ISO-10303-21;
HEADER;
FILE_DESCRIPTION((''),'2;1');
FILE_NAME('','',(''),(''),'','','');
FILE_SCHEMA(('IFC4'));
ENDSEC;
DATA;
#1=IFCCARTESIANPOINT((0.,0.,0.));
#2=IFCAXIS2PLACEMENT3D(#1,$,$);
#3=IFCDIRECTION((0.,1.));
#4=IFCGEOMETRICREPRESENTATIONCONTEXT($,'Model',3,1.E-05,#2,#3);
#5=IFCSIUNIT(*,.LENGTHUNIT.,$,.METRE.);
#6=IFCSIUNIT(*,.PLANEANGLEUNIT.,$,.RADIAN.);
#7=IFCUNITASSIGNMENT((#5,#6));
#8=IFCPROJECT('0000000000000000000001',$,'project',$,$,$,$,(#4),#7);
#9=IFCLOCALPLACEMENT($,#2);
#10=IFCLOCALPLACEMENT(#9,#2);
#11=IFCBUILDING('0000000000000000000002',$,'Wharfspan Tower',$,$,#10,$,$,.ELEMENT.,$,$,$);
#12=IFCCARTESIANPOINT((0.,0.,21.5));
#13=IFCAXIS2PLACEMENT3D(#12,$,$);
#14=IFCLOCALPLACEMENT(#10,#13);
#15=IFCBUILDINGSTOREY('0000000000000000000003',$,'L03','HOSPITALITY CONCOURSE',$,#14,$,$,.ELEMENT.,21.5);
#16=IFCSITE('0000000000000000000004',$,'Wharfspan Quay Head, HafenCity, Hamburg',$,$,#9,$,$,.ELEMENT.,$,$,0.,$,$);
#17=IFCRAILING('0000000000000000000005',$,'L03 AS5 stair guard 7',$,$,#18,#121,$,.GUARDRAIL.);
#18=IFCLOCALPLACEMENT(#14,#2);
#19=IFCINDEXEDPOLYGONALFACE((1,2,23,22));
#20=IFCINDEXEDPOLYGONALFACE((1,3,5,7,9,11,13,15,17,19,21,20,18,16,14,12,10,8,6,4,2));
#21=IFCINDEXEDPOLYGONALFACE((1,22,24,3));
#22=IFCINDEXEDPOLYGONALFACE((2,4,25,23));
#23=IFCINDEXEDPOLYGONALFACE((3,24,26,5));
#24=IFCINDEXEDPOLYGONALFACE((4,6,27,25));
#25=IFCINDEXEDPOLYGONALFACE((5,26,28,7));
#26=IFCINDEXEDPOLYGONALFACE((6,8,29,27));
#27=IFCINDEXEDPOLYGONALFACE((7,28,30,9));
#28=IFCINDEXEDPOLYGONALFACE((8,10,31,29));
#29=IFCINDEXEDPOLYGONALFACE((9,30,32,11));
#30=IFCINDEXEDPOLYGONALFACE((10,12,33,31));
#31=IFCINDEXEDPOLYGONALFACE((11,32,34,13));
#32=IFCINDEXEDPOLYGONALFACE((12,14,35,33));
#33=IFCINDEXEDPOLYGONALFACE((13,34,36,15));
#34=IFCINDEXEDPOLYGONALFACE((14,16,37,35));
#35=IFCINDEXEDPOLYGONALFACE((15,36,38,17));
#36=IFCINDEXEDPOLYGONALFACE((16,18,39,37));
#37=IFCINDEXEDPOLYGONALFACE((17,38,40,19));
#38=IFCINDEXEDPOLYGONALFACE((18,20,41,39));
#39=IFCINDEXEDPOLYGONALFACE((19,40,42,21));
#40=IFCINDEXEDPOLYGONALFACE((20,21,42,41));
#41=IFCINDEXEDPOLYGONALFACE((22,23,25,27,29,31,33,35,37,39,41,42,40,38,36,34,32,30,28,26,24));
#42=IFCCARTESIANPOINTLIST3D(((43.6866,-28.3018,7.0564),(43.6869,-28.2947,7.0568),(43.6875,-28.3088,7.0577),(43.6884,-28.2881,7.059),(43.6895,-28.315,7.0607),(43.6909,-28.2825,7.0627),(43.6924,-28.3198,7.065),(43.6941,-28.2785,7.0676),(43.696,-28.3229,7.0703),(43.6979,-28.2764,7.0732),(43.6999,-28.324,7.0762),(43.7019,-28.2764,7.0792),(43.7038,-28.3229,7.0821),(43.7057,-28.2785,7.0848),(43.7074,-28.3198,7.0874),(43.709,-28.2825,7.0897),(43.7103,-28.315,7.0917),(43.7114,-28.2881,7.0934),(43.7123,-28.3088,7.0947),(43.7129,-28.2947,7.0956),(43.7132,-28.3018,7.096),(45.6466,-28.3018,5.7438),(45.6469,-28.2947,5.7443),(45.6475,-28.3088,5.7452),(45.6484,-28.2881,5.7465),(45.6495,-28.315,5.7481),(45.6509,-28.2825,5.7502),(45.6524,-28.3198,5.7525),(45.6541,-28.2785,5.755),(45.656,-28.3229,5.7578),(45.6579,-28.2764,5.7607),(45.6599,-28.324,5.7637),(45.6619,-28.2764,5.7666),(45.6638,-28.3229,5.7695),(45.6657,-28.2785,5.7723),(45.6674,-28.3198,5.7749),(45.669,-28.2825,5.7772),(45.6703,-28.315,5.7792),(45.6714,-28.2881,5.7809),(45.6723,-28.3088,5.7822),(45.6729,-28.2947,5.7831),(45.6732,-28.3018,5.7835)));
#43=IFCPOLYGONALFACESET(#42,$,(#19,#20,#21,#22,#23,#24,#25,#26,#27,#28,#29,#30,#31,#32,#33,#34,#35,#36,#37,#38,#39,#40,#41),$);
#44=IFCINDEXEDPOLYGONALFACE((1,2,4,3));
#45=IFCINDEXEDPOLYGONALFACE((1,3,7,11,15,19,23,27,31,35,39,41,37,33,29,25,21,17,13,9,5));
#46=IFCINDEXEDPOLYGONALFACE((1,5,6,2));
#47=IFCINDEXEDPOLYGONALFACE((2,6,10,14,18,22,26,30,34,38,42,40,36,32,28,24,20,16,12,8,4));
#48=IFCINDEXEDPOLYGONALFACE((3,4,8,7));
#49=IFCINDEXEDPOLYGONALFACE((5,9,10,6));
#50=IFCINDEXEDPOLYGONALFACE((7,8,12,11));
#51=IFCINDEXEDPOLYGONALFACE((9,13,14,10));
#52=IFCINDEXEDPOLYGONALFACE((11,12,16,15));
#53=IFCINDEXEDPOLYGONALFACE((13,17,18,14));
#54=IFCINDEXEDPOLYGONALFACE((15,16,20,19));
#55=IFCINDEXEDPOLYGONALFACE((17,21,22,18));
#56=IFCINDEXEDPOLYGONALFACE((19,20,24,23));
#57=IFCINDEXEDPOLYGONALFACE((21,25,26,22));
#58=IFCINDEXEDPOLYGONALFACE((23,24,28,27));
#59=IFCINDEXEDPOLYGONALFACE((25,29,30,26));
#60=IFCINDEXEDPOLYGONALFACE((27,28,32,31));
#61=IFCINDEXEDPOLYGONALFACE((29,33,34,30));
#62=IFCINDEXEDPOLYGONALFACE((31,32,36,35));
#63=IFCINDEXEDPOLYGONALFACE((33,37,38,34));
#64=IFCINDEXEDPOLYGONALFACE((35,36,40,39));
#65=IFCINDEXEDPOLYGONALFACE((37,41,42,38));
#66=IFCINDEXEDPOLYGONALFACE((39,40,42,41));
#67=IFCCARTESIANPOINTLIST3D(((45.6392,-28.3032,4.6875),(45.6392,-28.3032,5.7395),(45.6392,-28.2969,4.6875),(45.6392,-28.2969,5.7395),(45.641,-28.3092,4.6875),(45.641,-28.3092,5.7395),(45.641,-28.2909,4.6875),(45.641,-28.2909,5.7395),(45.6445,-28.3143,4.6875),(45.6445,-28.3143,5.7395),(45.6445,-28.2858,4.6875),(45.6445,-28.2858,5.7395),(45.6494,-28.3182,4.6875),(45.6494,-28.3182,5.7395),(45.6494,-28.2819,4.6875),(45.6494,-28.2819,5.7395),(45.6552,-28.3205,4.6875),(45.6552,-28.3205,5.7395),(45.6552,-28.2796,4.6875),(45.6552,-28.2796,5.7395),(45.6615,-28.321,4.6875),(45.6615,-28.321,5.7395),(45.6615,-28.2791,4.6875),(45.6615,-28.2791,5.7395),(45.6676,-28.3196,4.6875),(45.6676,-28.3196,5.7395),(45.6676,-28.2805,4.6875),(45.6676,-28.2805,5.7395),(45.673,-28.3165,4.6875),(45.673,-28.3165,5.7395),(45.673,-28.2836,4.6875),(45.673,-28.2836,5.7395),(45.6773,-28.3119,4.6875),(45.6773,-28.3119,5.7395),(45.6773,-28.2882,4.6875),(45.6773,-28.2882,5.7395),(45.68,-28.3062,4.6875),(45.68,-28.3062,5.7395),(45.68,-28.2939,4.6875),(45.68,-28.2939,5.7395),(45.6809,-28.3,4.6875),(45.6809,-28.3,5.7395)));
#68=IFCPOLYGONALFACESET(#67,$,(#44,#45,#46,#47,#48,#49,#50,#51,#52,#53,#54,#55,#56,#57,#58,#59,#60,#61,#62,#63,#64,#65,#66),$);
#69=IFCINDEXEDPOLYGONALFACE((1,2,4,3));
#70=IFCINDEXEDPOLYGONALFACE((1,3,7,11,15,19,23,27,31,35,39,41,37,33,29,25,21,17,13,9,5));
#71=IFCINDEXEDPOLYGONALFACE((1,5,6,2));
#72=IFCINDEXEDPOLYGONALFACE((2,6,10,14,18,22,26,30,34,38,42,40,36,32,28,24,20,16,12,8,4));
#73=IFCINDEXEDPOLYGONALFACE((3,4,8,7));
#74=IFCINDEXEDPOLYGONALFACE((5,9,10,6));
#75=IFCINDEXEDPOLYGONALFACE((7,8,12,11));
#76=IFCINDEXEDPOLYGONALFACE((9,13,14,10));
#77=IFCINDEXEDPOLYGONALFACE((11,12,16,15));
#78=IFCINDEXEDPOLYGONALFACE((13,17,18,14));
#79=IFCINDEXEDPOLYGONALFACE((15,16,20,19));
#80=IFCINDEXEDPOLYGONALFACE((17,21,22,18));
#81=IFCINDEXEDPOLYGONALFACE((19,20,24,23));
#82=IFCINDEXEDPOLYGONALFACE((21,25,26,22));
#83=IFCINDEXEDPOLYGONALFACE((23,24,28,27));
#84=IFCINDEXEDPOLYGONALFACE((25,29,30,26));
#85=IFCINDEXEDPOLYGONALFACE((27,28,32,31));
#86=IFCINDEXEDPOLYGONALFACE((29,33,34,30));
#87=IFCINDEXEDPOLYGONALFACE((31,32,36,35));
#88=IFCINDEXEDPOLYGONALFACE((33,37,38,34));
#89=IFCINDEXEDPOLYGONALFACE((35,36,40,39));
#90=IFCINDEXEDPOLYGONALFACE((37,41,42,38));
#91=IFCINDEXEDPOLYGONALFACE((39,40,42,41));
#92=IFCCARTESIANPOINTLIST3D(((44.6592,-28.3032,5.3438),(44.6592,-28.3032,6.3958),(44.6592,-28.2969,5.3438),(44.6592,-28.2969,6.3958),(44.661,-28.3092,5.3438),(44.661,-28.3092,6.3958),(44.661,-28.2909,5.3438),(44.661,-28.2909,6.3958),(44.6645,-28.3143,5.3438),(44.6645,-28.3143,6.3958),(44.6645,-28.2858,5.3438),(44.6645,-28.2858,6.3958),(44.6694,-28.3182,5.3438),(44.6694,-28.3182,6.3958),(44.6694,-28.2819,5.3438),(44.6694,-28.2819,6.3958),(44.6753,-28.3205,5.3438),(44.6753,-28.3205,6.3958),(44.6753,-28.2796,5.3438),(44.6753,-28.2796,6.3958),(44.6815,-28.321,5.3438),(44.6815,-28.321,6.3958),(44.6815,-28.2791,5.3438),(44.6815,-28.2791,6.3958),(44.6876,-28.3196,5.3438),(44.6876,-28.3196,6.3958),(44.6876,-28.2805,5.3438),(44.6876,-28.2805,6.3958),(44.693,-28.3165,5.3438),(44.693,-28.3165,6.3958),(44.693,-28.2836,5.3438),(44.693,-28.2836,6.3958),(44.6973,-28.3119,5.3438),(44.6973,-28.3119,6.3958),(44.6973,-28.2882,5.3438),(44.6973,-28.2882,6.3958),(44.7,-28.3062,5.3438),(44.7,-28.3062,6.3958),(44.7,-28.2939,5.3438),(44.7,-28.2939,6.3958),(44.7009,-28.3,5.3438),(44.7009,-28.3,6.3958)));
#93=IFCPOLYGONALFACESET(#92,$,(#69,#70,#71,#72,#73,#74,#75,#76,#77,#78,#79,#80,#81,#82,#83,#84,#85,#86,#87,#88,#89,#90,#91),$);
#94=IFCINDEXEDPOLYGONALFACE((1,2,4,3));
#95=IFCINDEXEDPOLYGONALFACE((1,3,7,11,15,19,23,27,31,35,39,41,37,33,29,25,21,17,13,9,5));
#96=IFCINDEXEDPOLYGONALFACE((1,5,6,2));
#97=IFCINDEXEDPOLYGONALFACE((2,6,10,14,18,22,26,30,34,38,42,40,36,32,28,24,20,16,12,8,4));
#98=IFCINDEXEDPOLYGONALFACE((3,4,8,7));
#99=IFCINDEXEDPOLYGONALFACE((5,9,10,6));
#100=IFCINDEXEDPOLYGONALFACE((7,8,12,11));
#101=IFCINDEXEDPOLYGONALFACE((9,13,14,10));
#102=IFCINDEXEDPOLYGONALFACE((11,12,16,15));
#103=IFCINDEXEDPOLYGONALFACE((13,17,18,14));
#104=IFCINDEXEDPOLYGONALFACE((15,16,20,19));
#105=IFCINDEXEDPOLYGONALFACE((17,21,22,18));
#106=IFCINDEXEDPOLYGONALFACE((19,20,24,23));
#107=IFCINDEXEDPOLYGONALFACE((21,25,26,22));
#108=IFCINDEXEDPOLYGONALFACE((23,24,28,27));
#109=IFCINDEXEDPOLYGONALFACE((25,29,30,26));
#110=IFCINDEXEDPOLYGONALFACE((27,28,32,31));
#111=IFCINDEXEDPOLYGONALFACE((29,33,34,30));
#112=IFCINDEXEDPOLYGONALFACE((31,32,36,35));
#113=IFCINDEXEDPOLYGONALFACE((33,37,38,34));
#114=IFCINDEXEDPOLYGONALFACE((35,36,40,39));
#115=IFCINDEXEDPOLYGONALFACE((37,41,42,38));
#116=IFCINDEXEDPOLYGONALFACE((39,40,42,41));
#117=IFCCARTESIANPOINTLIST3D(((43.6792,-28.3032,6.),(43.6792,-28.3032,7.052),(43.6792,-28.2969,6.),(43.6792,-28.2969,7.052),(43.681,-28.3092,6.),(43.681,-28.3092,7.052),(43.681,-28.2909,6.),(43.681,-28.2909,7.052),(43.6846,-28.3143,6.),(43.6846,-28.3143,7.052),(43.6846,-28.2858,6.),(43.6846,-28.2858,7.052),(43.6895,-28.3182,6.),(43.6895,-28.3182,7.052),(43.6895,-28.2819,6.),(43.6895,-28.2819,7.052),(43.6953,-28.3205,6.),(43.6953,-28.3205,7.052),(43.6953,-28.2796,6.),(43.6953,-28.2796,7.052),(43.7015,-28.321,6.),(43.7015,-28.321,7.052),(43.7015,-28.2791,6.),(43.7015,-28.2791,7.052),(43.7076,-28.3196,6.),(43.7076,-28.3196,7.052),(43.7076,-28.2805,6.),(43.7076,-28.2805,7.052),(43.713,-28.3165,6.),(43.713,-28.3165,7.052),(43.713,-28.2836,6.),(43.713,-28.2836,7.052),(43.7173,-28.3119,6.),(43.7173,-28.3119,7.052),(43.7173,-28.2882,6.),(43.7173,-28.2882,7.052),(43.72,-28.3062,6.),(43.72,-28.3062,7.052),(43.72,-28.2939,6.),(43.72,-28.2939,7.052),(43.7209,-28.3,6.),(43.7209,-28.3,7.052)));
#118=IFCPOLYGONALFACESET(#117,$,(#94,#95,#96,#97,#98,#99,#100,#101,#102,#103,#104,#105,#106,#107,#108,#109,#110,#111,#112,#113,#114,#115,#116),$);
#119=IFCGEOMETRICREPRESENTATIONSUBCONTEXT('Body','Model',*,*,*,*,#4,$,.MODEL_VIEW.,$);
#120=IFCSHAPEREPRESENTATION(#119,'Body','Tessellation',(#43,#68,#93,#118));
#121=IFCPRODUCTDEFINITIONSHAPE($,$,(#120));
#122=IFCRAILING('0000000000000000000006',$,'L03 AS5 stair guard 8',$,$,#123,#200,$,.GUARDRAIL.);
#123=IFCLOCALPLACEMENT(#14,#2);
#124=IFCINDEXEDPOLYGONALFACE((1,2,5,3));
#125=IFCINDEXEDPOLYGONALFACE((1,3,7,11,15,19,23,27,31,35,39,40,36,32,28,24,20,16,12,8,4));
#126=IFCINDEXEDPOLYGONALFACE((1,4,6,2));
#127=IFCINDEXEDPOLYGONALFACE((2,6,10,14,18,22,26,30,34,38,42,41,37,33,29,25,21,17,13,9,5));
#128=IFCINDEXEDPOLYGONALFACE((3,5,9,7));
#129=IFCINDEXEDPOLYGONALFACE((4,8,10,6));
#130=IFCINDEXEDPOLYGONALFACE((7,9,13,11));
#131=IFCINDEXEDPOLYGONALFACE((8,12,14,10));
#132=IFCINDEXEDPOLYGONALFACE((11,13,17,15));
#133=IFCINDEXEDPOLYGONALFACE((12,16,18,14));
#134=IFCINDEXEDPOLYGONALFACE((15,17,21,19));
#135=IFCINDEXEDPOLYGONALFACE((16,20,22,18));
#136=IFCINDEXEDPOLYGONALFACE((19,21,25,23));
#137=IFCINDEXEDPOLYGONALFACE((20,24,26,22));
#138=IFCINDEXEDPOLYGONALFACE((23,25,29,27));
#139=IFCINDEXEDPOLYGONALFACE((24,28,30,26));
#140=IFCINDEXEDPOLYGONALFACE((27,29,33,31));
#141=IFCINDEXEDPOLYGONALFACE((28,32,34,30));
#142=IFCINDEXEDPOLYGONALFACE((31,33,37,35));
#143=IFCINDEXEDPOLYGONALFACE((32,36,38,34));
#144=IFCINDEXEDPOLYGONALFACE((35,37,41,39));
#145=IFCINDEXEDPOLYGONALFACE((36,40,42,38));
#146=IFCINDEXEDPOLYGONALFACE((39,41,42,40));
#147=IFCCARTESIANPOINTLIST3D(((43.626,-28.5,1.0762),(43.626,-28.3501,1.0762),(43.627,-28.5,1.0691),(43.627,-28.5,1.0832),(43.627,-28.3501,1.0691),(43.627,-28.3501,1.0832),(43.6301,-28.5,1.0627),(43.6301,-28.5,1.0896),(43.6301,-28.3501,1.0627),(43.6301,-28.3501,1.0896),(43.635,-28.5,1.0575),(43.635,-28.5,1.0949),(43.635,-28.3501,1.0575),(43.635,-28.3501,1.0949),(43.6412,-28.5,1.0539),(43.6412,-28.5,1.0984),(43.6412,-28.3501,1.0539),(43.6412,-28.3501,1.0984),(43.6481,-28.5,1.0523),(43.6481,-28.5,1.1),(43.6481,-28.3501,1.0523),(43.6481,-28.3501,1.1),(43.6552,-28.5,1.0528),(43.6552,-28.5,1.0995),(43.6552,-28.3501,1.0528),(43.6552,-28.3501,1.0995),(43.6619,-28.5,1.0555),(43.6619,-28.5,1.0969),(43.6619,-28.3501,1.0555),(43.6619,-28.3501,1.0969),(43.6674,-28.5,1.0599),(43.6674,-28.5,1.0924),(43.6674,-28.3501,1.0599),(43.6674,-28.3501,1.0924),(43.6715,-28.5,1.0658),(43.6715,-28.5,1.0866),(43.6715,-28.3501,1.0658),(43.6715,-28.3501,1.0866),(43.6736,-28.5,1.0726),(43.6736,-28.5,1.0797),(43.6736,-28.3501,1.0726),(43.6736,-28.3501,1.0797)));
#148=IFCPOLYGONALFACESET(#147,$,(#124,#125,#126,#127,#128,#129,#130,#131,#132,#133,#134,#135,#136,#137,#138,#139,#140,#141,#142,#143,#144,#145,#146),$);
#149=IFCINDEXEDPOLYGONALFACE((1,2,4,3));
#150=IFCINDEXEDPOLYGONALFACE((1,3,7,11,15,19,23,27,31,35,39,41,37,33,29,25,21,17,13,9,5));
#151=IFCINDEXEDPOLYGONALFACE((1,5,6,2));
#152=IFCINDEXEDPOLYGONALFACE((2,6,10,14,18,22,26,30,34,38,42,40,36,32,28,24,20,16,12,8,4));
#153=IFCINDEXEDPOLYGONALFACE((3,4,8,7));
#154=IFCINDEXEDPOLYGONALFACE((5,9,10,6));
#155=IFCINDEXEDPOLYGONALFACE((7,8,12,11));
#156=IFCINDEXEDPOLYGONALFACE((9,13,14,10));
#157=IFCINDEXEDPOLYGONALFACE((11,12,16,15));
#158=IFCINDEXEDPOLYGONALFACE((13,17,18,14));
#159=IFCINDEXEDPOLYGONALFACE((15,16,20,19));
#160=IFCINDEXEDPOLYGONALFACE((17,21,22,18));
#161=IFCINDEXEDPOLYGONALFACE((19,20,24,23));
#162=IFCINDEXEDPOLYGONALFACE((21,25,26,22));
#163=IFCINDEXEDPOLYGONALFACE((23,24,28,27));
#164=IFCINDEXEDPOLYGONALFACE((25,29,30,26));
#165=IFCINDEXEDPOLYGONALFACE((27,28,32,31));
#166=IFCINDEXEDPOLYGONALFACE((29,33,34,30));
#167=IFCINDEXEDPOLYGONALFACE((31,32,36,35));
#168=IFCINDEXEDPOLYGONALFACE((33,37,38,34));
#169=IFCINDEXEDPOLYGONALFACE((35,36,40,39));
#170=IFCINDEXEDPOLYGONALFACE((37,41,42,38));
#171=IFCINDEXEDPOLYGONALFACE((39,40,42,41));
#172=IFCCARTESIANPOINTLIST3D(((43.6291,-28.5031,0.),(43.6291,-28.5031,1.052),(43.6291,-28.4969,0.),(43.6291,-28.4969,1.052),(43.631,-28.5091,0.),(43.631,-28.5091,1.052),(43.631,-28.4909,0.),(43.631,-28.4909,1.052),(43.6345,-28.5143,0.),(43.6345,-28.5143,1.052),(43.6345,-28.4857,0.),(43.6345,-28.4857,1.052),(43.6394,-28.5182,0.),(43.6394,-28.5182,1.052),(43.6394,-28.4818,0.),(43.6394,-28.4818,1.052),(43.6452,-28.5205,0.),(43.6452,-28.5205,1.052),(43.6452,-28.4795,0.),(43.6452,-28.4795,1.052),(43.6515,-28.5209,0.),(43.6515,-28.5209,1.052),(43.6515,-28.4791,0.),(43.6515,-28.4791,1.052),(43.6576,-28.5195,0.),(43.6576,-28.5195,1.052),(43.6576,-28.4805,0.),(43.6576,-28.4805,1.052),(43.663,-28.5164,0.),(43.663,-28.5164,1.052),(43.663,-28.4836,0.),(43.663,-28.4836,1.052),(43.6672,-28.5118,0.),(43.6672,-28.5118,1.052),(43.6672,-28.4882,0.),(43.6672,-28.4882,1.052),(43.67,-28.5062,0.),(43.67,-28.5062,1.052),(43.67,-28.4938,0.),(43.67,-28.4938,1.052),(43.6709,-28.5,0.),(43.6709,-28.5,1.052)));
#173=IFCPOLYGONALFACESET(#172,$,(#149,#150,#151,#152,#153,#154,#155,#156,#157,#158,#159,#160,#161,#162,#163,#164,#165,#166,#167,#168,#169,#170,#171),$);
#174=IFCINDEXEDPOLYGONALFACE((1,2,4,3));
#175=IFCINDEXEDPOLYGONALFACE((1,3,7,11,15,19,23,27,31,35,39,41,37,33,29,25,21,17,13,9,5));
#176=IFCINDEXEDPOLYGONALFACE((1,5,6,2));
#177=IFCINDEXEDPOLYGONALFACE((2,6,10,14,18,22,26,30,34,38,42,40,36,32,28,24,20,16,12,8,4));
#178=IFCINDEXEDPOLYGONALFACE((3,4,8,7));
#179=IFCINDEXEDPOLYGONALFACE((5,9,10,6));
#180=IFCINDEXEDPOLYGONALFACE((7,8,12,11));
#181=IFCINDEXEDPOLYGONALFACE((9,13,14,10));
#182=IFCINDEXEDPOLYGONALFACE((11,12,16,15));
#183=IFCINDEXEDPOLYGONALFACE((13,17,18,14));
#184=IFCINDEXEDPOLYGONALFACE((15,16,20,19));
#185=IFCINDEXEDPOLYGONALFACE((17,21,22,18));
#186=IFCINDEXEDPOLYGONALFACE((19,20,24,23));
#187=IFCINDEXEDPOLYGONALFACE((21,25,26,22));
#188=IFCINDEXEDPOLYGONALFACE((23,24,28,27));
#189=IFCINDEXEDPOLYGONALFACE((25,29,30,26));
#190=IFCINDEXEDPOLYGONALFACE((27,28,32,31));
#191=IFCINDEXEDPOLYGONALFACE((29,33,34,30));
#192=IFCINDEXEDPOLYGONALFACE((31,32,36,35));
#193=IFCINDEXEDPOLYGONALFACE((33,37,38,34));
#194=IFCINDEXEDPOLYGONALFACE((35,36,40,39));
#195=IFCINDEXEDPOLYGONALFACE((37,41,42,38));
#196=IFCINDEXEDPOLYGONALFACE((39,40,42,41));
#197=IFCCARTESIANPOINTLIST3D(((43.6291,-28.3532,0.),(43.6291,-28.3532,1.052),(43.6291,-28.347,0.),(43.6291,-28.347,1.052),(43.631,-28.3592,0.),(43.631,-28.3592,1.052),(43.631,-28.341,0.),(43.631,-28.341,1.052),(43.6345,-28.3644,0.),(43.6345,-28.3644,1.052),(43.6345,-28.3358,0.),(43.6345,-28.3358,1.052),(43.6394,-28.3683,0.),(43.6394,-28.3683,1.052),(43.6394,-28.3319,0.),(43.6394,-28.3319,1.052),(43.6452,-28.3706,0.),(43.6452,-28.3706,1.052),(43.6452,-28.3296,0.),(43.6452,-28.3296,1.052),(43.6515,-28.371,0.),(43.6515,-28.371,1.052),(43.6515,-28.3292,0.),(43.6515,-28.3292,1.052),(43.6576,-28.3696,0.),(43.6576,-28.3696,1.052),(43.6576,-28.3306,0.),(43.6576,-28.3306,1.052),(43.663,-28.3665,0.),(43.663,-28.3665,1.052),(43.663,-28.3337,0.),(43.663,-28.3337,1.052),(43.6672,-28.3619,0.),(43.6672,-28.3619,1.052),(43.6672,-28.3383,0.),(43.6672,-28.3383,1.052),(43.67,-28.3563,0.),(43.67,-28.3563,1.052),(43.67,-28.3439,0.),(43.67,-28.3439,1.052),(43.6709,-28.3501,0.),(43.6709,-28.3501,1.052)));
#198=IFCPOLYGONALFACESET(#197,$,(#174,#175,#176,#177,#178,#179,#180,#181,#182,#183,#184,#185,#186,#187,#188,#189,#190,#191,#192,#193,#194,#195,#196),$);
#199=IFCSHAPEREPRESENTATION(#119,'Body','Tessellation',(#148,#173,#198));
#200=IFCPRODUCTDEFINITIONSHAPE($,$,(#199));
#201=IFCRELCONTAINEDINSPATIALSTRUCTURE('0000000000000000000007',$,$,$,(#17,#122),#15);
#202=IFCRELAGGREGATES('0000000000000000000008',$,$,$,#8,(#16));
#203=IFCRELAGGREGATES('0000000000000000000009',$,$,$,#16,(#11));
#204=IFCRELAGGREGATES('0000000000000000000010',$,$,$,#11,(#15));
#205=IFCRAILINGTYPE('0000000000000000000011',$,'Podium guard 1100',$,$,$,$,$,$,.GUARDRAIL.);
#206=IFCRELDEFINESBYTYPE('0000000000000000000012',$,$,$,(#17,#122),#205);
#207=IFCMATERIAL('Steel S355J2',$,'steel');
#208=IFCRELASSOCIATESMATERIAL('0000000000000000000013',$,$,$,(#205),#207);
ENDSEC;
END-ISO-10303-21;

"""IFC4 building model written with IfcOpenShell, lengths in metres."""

from ifc_helpers import new_model, si_unit, direction, frame, origin, origin_2d, place, context, subcontext, project, spatial, circle, extrude, material, type_object, element, save


model = new_model("IFC4")

# Units and contexts
model_context = context("Model", 3, precision=1e-05, world=origin(), true_north=direction((0.0, 1.0)))
body_context = subcontext(model_context, "Body", "Model", "MODEL_VIEW")
ifc_project = project(units=[si_unit("LENGTHUNIT", "METRE"), si_unit("PLANEANGLEUNIT", "RADIAN")], contexts=[model_context])

# Site, building, storey
site_placement = place(None, origin())
site = spatial("IfcSite", under=ifc_project, at=site_placement, Name="Wharfspan Quay Head, HafenCity, Hamburg", CompositionType="ELEMENT", RefElevation=0.0)
building_placement = place(site_placement, origin())
building = spatial("IfcBuilding", under=site, at=building_placement, Name="Wharfspan Tower", CompositionType="ELEMENT")
storey_placement = place(building_placement, frame((0.0, 0.0, 21.5)))
storey = spatial("IfcBuildingStorey", under=building, at=storey_placement, Name="L03", Description="HOSPITALITY CONCOURSE", CompositionType="ELEMENT", Elevation=21.5)

# Railings
ifc_material_1 = material(Name="Steel S355J2", Category="steel")
railing_type_1 = type_object("IfcRailingType", Name="Podium guard 1100", PredefinedType="GUARDRAIL", material=ifc_material_1)
railing_1_placement = place(storey_placement, frame((45.6599, -28.3, 4.6875)))
element("IfcRailing", 1, at=railing_1_placement, inside=storey, type_object=railing_type_1, Name="L03 AS5 stair guard 7", PredefinedType="GUARDRAIL", context=body_context, shape_type="SweptSolid", body=[
    extrude(circle(Radius=0.0239, at=origin_2d()), frame((0.0, 0.0, 1.0762), z_axis=(-0.830902, 0.0, 0.556419), x_axis=(0.0, -1.0, 0.0)), (0.0, 0.0, 1.0), 2.3589),
    extrude(circle(Radius=0.021, at=origin_2d()), origin(), (0.0, 0.0, 1.0), 1.052),
    extrude(circle(Radius=0.021, at=origin_2d()), frame((-0.98, 0.0, 0.6562)), (0.0, 0.0, 1.0), 1.052),
    extrude(circle(Radius=0.021, at=origin_2d()), frame((-1.96, 0.0, 1.3125)), (0.0, 0.0, 1.0), 1.052),
])
railing_2_placement = place(storey_placement, frame((43.6499, -28.5, 0.0)))
element("IfcRailing", 2, at=railing_2_placement, inside=storey, type_object=railing_type_1, Name="L03 AS5 stair guard 8", PredefinedType="GUARDRAIL", context=body_context, shape_type="SweptSolid", body=[
    extrude(circle(Radius=0.0239, at=origin_2d()), frame((0.0, 0.0, 1.0762), z_axis=(0.0, 1.0, 0.0), x_axis=(-1.0, 0.0, 0.0)), (0.0, 0.0, 1.0), 0.1499),
    extrude(circle(Radius=0.021, at=origin_2d()), origin(), (0.0, 0.0, 1.0), 1.052),
    extrude(circle(Radius=0.021, at=origin_2d()), frame((0.0, 0.1499, 0.0)), (0.0, 0.0, 1.0), 1.052),
])

save(model, "model.ifc")
